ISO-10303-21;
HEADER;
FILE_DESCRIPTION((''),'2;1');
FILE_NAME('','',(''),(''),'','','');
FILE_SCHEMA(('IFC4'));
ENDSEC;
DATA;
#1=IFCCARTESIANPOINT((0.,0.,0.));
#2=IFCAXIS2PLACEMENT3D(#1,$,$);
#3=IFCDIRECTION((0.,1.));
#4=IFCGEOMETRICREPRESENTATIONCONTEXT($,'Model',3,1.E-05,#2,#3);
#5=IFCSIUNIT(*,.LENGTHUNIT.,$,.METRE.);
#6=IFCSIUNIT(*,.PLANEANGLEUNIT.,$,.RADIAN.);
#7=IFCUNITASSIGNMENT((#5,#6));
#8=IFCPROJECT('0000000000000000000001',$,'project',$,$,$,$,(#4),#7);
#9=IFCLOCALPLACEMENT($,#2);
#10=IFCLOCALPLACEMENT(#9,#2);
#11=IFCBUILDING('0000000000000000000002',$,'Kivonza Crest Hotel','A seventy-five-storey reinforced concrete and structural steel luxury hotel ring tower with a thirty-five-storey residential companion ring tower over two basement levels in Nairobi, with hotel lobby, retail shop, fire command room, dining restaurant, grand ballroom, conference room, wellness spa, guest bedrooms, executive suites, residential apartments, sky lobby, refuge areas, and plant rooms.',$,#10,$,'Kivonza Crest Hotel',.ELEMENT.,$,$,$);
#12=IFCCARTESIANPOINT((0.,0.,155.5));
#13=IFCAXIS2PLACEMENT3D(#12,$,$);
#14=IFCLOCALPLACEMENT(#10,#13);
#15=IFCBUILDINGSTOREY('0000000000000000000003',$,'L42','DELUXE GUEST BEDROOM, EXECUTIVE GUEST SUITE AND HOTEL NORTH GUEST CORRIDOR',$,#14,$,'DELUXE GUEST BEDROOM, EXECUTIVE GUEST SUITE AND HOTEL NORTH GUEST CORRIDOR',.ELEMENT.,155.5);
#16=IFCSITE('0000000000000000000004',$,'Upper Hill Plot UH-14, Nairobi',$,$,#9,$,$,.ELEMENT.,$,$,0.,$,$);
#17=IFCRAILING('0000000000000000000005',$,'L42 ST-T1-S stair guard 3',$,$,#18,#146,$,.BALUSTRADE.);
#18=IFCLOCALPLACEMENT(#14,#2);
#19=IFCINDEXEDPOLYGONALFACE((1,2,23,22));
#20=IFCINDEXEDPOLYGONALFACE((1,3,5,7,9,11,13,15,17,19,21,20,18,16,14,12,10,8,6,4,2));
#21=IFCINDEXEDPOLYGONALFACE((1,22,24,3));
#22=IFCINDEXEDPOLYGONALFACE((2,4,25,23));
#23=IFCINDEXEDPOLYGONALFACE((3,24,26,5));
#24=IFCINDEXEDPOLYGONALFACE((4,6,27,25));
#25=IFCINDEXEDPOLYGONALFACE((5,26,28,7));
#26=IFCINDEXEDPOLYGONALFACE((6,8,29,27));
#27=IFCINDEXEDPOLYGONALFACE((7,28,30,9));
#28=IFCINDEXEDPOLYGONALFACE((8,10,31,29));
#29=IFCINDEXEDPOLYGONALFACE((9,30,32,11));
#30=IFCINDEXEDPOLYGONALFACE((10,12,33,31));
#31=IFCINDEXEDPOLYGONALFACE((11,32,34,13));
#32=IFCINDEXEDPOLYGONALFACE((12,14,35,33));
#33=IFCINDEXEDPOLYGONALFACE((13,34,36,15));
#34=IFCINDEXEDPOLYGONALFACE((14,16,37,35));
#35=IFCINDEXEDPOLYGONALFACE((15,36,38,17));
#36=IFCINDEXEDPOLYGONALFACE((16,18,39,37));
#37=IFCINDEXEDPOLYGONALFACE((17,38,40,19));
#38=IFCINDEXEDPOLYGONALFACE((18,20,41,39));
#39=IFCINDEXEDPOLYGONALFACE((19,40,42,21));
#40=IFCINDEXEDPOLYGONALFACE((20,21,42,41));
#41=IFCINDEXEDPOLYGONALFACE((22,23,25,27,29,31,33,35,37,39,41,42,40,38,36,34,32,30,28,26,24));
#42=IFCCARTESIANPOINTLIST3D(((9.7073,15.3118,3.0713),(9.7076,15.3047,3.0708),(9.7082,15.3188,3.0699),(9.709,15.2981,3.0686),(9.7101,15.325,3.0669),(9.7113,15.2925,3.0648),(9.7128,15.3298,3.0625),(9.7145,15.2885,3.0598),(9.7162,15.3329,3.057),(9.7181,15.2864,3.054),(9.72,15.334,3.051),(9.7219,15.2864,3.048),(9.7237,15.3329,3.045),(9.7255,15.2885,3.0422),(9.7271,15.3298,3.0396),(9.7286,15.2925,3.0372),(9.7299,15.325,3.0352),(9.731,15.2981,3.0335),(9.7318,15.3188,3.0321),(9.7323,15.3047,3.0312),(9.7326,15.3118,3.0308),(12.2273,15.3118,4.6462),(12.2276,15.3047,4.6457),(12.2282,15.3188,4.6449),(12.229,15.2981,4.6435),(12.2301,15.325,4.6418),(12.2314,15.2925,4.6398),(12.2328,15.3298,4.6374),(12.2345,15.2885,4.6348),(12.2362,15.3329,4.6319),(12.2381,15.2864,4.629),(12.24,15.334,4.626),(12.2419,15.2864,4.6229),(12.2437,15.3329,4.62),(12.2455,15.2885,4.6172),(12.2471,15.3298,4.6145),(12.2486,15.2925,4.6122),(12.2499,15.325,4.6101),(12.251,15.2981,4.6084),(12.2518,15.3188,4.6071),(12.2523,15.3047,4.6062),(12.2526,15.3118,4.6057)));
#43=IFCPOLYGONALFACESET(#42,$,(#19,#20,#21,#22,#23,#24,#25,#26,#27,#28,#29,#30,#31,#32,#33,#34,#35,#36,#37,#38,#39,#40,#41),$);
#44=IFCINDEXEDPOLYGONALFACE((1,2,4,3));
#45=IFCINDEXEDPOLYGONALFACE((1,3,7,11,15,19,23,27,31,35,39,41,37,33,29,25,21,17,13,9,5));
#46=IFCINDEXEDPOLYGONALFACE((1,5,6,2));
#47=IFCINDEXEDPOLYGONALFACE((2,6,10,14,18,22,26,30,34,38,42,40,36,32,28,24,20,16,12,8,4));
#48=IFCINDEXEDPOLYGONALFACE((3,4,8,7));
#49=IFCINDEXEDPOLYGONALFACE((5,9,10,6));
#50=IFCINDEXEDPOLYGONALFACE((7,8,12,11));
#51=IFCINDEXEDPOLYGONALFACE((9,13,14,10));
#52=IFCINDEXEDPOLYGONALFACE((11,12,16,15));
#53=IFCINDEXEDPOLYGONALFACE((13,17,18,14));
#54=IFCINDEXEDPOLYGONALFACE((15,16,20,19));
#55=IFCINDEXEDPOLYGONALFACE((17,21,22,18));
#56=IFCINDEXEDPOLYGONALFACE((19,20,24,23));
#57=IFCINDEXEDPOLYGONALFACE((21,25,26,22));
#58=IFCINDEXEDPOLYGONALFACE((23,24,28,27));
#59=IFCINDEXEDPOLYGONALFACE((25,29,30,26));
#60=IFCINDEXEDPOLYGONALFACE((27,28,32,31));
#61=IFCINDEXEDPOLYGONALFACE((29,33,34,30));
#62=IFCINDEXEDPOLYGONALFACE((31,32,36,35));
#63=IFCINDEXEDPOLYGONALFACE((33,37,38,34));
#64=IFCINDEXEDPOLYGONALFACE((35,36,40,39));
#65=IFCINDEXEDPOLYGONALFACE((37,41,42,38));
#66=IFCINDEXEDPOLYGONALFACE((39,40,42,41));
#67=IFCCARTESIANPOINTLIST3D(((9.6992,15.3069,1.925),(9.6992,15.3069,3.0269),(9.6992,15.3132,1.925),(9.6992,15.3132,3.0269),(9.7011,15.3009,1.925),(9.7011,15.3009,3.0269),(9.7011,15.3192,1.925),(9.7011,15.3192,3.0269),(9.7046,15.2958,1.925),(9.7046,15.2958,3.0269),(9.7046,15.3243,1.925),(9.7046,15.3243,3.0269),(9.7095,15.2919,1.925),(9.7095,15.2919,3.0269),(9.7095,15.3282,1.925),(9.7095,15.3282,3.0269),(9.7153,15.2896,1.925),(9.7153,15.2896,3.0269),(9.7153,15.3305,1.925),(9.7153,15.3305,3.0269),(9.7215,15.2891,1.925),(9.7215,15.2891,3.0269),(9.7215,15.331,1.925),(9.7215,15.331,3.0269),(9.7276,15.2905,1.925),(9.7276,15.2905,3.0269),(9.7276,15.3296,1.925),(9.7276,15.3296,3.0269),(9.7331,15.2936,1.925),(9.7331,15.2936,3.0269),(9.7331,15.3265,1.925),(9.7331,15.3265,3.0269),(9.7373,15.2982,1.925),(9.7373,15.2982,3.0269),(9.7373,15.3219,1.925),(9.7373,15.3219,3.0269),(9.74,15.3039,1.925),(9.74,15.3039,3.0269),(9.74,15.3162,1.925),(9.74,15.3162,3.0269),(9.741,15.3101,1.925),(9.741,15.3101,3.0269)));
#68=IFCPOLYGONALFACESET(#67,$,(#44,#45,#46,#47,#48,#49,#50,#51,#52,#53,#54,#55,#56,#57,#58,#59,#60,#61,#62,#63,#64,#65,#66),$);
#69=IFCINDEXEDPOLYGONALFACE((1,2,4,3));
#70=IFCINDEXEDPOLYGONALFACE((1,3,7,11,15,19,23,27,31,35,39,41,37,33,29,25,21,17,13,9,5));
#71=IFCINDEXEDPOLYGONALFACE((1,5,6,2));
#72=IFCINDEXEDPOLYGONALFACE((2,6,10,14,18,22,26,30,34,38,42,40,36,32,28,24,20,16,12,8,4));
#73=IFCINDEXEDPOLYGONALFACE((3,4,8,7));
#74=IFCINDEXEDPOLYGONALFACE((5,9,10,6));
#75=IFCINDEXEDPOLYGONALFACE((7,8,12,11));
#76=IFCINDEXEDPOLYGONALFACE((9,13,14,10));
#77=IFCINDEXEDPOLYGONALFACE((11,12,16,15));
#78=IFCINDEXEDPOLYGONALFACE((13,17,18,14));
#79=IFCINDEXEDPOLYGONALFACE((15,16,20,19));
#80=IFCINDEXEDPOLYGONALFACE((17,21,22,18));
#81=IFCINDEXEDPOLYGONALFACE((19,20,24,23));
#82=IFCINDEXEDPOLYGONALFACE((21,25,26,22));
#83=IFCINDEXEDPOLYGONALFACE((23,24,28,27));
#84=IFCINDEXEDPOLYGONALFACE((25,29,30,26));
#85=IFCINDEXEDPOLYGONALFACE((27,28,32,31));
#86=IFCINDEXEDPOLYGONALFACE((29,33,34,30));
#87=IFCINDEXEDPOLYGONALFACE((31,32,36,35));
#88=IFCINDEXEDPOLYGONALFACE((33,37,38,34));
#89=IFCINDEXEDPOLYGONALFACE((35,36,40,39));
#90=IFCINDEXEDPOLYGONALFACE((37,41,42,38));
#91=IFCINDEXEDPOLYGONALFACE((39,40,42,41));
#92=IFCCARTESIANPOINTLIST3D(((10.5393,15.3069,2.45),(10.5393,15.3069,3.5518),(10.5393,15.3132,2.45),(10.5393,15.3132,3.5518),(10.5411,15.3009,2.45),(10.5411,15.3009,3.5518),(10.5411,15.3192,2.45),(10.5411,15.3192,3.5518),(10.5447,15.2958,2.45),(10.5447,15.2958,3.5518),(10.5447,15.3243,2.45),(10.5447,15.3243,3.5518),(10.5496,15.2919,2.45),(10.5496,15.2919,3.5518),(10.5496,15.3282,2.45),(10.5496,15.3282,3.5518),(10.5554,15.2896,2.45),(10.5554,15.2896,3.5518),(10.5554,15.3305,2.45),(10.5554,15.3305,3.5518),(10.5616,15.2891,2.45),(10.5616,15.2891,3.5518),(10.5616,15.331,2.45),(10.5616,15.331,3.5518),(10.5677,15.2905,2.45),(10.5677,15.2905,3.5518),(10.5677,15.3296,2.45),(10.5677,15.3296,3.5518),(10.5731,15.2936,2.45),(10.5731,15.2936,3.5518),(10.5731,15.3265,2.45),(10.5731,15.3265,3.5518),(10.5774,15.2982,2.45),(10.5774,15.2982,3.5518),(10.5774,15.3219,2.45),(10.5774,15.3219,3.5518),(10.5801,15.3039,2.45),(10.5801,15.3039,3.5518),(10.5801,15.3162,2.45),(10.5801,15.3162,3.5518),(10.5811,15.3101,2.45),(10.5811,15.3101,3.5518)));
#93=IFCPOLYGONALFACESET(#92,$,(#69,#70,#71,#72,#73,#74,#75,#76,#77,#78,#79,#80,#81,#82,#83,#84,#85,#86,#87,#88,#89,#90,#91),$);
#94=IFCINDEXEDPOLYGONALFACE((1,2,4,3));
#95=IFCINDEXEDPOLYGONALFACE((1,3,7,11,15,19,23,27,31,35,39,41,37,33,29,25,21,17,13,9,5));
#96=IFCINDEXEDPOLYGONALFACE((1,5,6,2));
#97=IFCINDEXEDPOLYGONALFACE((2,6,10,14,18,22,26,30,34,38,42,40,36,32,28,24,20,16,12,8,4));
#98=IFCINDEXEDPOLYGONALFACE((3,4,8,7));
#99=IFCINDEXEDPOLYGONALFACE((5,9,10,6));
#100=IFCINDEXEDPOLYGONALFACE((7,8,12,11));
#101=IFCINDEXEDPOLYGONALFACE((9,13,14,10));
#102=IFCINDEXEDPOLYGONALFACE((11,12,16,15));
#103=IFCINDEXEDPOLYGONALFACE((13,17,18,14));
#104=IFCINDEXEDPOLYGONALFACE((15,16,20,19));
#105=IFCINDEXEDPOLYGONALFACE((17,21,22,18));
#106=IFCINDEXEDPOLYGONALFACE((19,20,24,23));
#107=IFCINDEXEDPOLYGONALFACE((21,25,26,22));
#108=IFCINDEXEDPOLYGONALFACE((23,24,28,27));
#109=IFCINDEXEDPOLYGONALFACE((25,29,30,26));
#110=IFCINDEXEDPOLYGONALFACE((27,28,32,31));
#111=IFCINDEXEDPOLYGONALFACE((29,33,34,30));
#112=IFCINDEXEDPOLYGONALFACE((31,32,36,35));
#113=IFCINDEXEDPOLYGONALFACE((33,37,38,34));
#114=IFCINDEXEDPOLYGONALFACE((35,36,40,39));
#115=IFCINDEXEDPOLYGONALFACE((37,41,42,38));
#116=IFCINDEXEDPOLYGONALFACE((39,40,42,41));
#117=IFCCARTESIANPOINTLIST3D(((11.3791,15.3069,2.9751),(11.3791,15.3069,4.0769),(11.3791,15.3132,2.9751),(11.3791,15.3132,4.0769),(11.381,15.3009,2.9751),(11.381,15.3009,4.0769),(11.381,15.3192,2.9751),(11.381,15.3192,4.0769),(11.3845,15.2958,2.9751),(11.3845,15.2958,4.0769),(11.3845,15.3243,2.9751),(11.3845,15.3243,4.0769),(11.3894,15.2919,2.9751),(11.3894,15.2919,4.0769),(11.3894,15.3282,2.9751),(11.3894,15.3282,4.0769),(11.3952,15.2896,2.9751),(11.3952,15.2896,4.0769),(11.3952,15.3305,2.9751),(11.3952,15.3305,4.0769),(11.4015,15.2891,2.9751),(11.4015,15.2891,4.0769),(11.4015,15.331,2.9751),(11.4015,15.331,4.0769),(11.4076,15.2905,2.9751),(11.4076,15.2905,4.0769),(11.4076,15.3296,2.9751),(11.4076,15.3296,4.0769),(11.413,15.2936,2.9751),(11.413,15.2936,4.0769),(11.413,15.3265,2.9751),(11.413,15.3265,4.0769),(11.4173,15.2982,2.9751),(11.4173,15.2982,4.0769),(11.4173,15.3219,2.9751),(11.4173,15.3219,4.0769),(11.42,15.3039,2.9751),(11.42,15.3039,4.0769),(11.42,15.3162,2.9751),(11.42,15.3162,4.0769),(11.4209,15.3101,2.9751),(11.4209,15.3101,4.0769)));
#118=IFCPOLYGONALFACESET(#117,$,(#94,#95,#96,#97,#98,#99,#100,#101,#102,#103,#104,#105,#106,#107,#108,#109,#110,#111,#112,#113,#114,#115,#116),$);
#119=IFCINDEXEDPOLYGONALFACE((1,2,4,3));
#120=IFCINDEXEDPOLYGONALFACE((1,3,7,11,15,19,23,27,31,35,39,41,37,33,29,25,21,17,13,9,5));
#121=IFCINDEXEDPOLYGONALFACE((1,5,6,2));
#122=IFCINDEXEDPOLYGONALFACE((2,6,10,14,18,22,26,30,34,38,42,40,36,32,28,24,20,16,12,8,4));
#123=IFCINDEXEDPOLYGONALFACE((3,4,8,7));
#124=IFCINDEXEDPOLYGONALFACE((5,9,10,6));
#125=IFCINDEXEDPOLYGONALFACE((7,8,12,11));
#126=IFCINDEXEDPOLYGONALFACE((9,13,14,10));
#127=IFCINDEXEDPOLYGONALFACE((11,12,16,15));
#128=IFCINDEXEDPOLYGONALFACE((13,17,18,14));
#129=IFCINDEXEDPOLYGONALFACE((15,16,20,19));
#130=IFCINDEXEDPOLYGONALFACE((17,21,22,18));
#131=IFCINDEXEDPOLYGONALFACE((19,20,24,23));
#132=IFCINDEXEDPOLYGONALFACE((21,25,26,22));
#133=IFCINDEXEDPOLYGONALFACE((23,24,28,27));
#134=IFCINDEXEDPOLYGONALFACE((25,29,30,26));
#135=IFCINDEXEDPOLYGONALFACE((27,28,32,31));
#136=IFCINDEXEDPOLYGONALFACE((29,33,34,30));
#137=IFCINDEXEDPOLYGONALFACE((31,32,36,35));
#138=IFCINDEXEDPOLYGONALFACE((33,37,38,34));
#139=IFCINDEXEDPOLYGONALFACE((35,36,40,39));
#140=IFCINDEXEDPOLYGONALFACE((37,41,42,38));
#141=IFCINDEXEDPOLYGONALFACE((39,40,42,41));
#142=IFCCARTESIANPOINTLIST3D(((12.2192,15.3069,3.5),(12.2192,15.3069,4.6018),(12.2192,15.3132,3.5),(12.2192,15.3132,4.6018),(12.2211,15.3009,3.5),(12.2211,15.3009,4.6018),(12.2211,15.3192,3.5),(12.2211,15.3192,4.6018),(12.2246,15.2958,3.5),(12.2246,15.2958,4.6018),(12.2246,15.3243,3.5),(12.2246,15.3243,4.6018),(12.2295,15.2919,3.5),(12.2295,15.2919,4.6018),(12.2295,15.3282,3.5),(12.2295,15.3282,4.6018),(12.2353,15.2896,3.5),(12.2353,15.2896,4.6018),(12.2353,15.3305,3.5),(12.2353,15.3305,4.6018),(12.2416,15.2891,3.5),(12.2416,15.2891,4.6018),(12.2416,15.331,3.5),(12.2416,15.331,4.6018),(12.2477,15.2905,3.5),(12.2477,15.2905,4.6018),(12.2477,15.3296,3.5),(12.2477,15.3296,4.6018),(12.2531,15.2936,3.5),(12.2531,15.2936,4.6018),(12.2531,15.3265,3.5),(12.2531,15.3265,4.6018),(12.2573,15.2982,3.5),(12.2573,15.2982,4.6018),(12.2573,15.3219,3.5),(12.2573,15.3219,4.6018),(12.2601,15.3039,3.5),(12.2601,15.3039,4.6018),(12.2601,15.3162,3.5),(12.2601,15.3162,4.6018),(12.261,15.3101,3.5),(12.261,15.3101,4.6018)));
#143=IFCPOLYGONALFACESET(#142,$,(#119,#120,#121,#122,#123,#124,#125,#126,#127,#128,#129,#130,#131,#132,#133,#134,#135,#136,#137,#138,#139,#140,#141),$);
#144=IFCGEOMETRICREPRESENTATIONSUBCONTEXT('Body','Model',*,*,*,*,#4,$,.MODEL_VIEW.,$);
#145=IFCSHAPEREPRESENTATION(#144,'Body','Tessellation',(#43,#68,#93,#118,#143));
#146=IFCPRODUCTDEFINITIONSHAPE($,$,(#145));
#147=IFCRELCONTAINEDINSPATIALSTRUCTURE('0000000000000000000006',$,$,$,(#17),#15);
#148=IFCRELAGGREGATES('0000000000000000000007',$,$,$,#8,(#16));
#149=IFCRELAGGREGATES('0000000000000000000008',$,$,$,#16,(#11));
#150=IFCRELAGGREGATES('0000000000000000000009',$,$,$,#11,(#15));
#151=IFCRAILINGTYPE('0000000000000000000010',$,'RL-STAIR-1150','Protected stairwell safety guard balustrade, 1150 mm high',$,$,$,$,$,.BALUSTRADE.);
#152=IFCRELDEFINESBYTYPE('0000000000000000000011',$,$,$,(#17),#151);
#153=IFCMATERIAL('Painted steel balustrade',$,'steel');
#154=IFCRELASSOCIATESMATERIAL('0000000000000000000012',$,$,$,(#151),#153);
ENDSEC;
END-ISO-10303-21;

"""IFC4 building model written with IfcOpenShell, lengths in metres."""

from ifc_helpers import new_model, si_unit, direction, frame, origin, origin_2d, place, context, subcontext, project, spatial, circle, extrude, material, type_object, element, save


model = new_model("IFC4")

# Units and contexts
model_context = context("Model", 3, precision=1e-05, world=origin(), true_north=direction((0.0, 1.0)))
body_context = subcontext(model_context, "Body", "Model", "MODEL_VIEW")
ifc_project = project(units=[si_unit("LENGTHUNIT", "METRE"), si_unit("PLANEANGLEUNIT", "RADIAN")], contexts=[model_context])

# Site, building, storey
site_placement = place(None, origin())
site = spatial("IfcSite", under=ifc_project, at=site_placement, Name="Upper Hill Plot UH-14, Nairobi", CompositionType="ELEMENT", RefElevation=0.0)
building_placement = place(site_placement, origin())
building = spatial("IfcBuilding", under=site, at=building_placement, Name="Kivonza Crest Hotel", Description="A seventy-five-storey reinforced concrete and structural steel luxury hotel ring tower with a thirty-five-storey residential companion ring tower over two basement levels in Nairobi, with hotel lobby, retail shop, fire command room, dining restaurant, grand ballroom, conference room, wellness spa, guest bedrooms, executive suites, residential apartments, sky lobby, refuge areas, and plant rooms.", LongName="Kivonza Crest Hotel", CompositionType="ELEMENT")
storey_placement = place(building_placement, frame((0.0, 0.0, 155.5)))
storey = spatial("IfcBuildingStorey", under=building, at=storey_placement, Name="L42", Description="DELUXE GUEST BEDROOM, EXECUTIVE GUEST SUITE AND HOTEL NORTH GUEST CORRIDOR", LongName="DELUXE GUEST BEDROOM, EXECUTIVE GUEST SUITE AND HOTEL NORTH GUEST CORRIDOR", CompositionType="ELEMENT", Elevation=155.5)

# Railing
ifc_material_1 = material(Name="Painted steel balustrade", Category="steel")
railing_type_1 = type_object("IfcRailingType", Name="RL-STAIR-1150", Description="Protected stairwell safety guard balustrade, 1150 mm high", PredefinedType="BALUSTRADE", material=ifc_material_1)
railing_1_placement = place(storey_placement, frame((9.72, 15.3101, 1.925)))
element("IfcRailing", 1, at=railing_1_placement, inside=storey, type_object=railing_type_1, Name="L42 ST-T1-S stair guard 3", PredefinedType="BALUSTRADE", context=body_context, shape_type="SweptSolid", body=[
    extrude(circle(Radius=0.0239, at=origin_2d()), frame((0.0, 0.0, 1.126), z_axis=(0.848008, 0.0, 0.529984), x_axis=(0.0, 1.0, 0.0)), (0.0, 0.0, 1.0), 2.9717),
    extrude(circle(Radius=0.021, at=origin_2d()), origin(), (0.0, 0.0, 1.0), 1.1018),
    extrude(circle(Radius=0.021, at=origin_2d()), frame((0.8401, 0.0, 0.5249)), (0.0, 0.0, 1.0), 1.1018),
    extrude(circle(Radius=0.021, at=origin_2d()), frame((1.6799, 0.0, 1.05)), (0.0, 0.0, 1.0), 1.1018),
    extrude(circle(Radius=0.021, at=origin_2d()), frame((2.52, 0.0, 1.575)), (0.0, 0.0, 1.0), 1.1018),
])

save(model, "model.ifc")
